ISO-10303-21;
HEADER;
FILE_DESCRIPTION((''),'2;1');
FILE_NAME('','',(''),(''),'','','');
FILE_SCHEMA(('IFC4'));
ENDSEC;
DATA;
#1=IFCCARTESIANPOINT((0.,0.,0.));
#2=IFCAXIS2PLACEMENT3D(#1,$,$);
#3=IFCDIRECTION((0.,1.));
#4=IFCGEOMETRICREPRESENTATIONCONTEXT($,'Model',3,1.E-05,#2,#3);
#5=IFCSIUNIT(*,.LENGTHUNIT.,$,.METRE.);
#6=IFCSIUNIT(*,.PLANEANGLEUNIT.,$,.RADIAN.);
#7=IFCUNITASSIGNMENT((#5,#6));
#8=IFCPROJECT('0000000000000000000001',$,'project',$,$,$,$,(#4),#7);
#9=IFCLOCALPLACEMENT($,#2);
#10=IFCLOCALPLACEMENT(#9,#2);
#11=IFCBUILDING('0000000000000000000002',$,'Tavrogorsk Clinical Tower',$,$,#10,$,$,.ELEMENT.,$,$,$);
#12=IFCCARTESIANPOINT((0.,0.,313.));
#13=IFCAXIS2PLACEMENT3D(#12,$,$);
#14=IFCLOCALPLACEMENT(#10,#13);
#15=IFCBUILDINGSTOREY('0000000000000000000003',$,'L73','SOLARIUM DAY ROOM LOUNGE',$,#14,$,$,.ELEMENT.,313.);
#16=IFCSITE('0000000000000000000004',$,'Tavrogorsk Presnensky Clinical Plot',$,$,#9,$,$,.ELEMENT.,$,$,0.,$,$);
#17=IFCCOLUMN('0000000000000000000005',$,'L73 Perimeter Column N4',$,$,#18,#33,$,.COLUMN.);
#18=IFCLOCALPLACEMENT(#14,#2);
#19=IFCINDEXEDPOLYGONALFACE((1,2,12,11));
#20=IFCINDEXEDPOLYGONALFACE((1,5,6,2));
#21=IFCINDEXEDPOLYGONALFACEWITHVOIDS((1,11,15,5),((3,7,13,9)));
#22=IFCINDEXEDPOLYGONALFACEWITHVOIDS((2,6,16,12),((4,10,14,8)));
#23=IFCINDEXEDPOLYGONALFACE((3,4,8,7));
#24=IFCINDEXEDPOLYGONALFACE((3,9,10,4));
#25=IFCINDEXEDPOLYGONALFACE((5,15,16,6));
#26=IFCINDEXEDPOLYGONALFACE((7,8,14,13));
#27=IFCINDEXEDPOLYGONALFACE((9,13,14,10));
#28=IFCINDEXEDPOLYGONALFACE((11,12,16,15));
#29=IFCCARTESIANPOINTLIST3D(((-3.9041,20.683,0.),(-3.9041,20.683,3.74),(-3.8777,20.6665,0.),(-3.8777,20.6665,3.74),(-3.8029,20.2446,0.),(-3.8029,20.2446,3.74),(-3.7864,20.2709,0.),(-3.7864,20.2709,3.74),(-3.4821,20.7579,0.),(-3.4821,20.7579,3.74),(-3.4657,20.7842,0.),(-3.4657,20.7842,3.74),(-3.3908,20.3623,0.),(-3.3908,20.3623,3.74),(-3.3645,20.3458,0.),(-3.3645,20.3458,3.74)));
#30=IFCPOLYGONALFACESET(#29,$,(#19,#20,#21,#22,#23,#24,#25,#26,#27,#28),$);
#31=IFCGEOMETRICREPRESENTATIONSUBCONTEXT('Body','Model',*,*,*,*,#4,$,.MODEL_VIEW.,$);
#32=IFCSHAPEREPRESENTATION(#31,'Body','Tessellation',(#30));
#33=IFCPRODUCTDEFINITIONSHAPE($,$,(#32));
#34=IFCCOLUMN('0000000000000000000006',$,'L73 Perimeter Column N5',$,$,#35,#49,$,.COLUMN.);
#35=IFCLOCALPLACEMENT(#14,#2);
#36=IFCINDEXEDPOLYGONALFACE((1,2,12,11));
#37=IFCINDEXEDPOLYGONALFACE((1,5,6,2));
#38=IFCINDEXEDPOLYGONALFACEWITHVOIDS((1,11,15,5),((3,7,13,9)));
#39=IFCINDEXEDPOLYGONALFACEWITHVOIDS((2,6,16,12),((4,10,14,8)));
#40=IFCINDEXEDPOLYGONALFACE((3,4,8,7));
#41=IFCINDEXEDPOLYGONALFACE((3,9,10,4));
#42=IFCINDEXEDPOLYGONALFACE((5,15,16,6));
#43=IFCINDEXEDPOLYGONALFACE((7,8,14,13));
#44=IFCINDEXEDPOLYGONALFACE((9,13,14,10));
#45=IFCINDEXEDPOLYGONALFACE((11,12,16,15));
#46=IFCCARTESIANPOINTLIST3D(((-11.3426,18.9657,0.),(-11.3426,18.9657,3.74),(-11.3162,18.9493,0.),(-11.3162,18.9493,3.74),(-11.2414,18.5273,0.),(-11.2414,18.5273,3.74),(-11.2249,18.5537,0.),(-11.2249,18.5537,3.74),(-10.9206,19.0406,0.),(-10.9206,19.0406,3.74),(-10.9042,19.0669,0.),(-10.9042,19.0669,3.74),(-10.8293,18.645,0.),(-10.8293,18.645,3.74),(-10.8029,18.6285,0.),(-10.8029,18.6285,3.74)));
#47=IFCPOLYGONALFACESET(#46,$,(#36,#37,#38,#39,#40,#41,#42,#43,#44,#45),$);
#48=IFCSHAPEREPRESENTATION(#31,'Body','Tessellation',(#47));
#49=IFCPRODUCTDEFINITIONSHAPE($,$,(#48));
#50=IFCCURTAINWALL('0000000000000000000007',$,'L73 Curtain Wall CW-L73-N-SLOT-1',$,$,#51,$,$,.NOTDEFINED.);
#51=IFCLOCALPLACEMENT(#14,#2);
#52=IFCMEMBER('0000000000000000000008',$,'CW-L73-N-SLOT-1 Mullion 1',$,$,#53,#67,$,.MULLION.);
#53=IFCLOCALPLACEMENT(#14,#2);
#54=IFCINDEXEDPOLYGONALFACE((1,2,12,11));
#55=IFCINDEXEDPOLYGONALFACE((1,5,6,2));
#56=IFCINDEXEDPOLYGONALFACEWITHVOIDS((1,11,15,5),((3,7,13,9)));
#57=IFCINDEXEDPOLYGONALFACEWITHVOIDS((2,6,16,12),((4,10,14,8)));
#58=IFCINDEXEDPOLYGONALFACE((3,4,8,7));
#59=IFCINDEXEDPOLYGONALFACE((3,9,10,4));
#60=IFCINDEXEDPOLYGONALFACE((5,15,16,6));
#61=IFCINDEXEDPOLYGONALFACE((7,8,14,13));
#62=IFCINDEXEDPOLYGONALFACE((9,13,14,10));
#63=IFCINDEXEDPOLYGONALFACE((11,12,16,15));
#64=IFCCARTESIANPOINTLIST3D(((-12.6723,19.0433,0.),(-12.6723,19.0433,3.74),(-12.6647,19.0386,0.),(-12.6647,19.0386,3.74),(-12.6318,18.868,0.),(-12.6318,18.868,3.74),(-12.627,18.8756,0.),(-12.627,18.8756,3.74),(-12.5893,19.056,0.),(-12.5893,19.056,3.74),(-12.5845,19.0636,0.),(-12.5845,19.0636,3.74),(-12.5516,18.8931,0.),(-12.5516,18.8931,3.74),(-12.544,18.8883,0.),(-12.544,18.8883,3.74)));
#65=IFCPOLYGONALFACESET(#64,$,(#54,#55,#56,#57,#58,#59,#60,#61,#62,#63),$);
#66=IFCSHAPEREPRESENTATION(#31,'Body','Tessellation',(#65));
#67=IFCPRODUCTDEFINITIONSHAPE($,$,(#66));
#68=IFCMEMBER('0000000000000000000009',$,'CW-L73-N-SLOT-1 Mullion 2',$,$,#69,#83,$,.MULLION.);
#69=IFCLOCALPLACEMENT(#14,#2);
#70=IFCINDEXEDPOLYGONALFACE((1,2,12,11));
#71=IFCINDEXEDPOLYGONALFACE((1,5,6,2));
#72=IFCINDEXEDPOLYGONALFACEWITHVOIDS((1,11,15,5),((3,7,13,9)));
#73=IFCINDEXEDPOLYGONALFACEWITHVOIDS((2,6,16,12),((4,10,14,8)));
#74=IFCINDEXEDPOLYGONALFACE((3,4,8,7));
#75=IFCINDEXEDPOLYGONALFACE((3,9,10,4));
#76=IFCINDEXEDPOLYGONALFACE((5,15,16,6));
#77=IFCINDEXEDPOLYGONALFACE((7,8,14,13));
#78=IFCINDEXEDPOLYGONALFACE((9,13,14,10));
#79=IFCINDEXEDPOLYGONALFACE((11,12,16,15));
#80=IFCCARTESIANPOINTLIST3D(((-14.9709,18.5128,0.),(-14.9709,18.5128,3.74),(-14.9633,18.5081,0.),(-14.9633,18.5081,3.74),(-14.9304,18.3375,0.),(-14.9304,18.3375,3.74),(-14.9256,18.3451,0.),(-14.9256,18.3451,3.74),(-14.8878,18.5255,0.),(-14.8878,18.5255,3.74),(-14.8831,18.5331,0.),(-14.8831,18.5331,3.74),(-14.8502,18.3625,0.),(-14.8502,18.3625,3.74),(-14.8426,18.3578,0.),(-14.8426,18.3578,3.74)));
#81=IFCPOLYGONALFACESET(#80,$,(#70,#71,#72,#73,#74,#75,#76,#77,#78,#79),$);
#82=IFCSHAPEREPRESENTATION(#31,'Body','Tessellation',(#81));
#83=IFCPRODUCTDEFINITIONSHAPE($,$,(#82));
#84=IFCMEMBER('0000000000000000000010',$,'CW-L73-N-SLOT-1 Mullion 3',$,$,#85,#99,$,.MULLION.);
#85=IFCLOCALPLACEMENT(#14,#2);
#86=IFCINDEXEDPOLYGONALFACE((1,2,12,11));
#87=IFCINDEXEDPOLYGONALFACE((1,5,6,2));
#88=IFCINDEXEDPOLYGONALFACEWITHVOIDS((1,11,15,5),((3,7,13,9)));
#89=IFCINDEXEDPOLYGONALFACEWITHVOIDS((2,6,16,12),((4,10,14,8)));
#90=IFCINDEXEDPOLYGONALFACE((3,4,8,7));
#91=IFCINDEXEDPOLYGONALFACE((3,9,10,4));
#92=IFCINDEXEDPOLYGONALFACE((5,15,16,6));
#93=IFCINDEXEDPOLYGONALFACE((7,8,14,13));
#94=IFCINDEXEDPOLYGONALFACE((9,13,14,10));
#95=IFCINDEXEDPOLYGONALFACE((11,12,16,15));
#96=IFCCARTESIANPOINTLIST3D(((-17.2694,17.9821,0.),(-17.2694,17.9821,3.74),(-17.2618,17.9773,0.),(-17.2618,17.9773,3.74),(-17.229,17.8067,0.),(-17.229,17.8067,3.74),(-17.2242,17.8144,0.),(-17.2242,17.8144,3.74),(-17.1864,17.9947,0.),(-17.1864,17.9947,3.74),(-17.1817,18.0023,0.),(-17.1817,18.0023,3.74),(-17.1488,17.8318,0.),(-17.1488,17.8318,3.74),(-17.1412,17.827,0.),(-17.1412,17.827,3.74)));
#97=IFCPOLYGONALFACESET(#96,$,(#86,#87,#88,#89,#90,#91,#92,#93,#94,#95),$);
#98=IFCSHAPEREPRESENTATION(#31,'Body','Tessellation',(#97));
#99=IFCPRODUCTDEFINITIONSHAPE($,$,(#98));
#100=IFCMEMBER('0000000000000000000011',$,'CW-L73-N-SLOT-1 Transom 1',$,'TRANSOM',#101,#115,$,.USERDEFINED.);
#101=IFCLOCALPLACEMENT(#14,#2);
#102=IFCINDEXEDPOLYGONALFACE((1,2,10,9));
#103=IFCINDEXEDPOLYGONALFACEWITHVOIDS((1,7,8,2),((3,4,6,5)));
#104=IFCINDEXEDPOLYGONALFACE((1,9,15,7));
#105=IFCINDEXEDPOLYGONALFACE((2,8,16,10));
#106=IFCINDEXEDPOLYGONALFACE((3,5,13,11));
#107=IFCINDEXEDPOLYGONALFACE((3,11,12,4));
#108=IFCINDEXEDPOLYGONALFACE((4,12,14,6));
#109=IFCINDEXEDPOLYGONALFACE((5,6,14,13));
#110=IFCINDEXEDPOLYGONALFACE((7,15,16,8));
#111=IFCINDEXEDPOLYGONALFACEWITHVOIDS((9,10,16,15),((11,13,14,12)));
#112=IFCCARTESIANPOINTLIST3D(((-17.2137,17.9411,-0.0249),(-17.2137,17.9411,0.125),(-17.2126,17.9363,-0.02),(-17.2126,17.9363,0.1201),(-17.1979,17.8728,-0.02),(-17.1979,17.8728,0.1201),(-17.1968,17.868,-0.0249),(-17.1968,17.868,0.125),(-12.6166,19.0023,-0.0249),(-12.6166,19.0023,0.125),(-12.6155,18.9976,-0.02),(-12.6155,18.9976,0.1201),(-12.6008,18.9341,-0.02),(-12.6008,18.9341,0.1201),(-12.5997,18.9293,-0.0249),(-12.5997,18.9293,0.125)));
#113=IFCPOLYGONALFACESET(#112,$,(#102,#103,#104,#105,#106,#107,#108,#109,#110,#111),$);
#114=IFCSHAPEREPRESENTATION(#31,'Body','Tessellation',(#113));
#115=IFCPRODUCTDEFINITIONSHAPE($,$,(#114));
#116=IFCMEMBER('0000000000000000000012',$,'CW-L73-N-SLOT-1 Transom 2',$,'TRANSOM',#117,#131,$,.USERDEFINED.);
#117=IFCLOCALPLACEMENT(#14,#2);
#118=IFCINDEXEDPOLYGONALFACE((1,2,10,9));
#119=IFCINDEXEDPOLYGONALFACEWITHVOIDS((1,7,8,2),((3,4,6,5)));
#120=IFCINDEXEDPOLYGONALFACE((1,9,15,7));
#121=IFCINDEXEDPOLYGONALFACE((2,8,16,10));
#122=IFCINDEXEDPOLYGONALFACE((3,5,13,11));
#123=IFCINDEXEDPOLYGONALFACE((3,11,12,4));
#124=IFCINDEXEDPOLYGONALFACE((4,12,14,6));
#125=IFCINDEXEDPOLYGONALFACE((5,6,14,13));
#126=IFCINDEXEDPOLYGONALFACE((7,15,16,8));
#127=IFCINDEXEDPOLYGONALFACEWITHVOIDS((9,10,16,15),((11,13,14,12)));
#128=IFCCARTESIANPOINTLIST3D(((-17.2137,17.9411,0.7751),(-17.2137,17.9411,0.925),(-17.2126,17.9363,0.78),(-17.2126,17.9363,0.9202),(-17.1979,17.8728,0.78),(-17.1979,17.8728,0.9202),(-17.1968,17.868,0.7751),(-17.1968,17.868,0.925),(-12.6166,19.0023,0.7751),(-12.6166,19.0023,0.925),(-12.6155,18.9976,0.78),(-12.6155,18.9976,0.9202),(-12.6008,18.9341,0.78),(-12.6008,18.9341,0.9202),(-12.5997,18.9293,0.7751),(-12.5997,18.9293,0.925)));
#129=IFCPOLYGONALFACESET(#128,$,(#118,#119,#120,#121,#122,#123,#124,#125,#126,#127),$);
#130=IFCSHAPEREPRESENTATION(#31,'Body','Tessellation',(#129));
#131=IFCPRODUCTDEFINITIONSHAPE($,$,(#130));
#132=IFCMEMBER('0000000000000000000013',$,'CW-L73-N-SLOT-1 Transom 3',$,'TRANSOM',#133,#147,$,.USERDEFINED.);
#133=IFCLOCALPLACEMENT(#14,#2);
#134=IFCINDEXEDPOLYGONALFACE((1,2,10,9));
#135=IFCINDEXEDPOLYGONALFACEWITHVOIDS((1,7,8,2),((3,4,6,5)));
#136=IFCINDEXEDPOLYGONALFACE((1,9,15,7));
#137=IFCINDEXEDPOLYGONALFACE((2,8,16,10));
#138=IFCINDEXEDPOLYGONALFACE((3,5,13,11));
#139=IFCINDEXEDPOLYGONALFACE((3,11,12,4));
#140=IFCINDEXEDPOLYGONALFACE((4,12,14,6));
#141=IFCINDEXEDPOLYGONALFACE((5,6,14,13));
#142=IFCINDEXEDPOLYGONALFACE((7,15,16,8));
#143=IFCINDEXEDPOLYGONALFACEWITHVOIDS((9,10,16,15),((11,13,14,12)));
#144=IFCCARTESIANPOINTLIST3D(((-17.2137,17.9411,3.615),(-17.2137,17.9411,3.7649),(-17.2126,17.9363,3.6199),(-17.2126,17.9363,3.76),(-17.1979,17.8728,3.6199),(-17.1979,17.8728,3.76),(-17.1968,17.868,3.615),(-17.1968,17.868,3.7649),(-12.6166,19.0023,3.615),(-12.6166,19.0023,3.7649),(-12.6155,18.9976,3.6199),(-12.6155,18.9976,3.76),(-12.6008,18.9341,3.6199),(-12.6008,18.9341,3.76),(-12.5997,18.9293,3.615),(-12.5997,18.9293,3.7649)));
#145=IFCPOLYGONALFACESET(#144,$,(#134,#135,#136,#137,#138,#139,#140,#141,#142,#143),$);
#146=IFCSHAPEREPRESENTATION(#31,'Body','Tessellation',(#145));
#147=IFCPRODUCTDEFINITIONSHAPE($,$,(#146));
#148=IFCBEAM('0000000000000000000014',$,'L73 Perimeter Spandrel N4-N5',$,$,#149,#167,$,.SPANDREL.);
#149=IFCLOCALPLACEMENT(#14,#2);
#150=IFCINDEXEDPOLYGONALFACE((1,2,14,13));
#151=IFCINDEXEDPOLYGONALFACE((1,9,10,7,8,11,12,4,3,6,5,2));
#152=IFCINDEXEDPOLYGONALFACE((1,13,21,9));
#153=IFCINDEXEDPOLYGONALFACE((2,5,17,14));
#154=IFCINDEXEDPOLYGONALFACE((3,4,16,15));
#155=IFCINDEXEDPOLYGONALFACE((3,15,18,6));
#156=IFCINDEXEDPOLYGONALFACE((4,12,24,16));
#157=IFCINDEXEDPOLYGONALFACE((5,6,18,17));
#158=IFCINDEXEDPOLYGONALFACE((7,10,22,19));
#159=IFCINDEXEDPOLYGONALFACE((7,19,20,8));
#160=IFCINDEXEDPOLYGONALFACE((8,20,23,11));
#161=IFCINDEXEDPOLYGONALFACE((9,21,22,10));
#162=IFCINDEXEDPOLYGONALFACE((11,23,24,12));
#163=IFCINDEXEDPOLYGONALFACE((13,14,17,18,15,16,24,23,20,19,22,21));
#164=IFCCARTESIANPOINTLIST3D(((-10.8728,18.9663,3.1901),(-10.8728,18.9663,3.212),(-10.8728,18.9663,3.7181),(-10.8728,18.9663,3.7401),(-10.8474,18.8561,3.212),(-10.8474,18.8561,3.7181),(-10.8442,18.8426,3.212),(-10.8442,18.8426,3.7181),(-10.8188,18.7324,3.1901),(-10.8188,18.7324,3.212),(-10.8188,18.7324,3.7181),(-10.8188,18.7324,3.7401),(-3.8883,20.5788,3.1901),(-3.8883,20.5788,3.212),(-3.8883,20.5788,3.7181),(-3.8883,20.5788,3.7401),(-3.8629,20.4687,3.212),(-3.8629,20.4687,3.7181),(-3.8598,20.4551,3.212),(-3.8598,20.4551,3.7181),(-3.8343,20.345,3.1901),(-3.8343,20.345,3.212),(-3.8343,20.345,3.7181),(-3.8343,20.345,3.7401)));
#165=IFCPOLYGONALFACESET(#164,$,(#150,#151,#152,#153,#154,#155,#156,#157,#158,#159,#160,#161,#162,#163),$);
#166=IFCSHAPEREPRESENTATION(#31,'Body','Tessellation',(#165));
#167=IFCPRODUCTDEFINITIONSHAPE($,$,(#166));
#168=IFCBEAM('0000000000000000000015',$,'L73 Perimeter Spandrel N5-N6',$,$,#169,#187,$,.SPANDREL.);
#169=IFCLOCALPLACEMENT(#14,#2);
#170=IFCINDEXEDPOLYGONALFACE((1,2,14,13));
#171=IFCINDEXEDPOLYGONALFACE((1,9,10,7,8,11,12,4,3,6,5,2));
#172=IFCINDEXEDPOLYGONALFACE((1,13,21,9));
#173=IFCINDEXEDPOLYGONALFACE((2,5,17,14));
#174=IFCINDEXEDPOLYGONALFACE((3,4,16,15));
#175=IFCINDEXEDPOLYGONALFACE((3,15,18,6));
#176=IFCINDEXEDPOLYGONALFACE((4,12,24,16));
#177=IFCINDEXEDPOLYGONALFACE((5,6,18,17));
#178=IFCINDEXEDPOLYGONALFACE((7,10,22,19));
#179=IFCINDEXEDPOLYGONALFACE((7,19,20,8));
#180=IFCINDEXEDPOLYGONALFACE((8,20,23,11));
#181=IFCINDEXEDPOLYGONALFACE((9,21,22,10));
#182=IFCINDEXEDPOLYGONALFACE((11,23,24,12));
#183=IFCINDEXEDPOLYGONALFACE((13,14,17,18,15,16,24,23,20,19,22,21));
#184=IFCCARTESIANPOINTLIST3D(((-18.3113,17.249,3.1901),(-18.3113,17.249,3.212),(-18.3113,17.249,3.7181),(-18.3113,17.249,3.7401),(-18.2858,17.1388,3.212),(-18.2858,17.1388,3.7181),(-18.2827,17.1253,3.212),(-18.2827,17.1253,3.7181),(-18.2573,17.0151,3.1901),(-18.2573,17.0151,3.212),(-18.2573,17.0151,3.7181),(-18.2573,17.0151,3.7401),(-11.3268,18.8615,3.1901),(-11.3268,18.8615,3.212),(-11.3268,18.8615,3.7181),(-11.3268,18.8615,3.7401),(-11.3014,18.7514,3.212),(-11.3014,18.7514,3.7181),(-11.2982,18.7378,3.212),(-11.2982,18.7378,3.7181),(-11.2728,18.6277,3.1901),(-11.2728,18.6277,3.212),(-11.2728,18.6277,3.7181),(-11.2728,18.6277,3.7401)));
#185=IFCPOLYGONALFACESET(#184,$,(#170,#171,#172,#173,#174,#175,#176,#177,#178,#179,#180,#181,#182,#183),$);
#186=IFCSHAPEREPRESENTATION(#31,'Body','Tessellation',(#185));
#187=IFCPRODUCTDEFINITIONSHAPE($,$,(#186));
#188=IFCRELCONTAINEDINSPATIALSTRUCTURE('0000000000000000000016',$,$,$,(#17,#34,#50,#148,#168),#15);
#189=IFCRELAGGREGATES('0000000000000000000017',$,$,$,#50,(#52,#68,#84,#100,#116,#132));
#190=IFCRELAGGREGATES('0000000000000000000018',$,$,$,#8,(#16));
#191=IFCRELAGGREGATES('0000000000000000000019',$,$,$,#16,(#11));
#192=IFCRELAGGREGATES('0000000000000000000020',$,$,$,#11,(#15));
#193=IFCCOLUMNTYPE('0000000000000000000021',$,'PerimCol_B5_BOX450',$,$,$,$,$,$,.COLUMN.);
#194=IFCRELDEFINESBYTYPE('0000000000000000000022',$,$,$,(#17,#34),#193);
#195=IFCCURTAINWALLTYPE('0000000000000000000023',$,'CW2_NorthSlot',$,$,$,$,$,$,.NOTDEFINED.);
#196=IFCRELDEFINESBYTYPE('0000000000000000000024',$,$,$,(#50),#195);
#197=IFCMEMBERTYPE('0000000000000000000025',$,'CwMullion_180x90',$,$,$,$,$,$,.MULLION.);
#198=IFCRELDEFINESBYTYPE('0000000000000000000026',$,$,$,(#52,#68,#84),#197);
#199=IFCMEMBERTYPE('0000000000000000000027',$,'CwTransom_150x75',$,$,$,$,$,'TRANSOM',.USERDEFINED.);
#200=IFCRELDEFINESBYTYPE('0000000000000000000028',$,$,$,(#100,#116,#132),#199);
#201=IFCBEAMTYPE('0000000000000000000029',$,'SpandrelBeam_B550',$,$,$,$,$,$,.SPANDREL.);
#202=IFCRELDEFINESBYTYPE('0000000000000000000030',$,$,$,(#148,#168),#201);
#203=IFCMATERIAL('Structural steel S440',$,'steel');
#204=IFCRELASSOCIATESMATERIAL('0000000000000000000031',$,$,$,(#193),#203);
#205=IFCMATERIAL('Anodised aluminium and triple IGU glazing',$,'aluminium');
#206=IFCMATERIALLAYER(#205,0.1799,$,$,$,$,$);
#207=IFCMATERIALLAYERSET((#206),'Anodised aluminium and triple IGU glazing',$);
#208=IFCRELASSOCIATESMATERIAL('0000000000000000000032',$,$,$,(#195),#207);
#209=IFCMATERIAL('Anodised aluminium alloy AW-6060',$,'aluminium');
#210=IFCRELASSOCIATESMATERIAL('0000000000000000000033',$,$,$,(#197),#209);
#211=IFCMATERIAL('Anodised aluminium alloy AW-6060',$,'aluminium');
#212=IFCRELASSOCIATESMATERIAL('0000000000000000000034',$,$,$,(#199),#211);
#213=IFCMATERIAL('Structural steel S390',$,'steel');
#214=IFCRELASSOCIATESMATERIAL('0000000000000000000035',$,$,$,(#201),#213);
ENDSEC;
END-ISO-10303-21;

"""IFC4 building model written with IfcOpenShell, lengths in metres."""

from ifc_helpers import new_model, si_unit, direction, frame, origin, origin_2d, place, context, subcontext, project, spatial, hollow_rectangle, i_section, extrude, material, layer, layer_set, material_profile, profile_set, type_object, element, aggregate, save


model = new_model("IFC4")

# Units and contexts
model_context = context("Model", 3, precision=1e-05, world=origin(), true_north=direction((0.0, 1.0)))
body_context = subcontext(model_context, "Body", "Model", "MODEL_VIEW")
ifc_project = project(units=[si_unit("LENGTHUNIT", "METRE"), si_unit("PLANEANGLEUNIT", "RADIAN")], contexts=[model_context])

# Site, building, storey
site_placement = place(None, origin())
site = spatial("IfcSite", under=ifc_project, at=site_placement, Name="Tavrogorsk Presnensky Clinical Plot", CompositionType="ELEMENT", RefElevation=0.0)
building_placement = place(site_placement, origin())
building = spatial("IfcBuilding", under=site, at=building_placement, Name="Tavrogorsk Clinical Tower", CompositionType="ELEMENT")
storey_placement = place(building_placement, frame((0.0, 0.0, 313.0)))
storey = spatial("IfcBuildingStorey", under=building, at=storey_placement, Name="L73", Description="SOLARIUM DAY ROOM LOUNGE", CompositionType="ELEMENT", Elevation=313.0)

# Columns
ifc_material_1 = material(Name="Structural steel S440", Category="steel")
ifc_material_profile_1 = material_profile(ifc_material_1, hollow_rectangle(XDim=0.45, YDim=0.45, WallThickness=0.022, at=origin_2d()), Name="BOX-450x450x22")
ifc_profile_set_1 = profile_set([ifc_material_profile_1], Name="Structural steel S440")
column_type = type_object("IfcColumnType", Name="PerimCol_B5_BOX450", PredefinedType="COLUMN", material=ifc_profile_set_1)
for number, where, z_axis, x_axis, name in (
    (1, (-3.6343, 20.5144, 0.0), (0.0, 0.0, 1.0), (0.97437, 0.224951, 0.0), "L73 Perimeter Column N4"),
    (2, (-11.0728, 18.7971, 0.0), (0.0, 0.0, 1.0), (0.97437, 0.224951, 0.0), "L73 Perimeter Column N5"),
):
    element("IfcColumn", number, at=place(storey_placement, frame(where, z_axis=z_axis, x_axis=x_axis)), inside=storey, type_object=column_type, Name=name, PredefinedType="COLUMN", context=body_context, shape_type="SweptSolid", body=[
        extrude(hollow_rectangle(XDim=0.45, YDim=0.45, WallThickness=0.022, at=origin_2d()), origin(), (0.0, 0.0, 1.0), 3.74),
    ])

# Curtain wall, members
ifc_material_2 = material(Name="Anodised aluminium and triple IGU glazing", Category="aluminium")
ifc_layer_1 = layer(ifc_material_2, 0.1799)
ifc_layer_set_1 = layer_set([ifc_layer_1], Name="Anodised aluminium and triple IGU glazing")
curtain_wall_type = type_object("IfcCurtainWallType", Name="CW2_NorthSlot", PredefinedType="NOTDEFINED", material=ifc_layer_set_1)
curtain_wall_placement = place(storey_placement, origin())
curtain_wall = element("IfcCurtainWall", 3, at=curtain_wall_placement, inside=storey, type_object=curtain_wall_type, Name="L73 Curtain Wall CW-L73-N-SLOT-1", PredefinedType="NOTDEFINED")
ifc_material_3 = material(Name="Anodised aluminium alloy AW-6060", Category="aluminium")
ifc_material_profile_2 = material_profile(ifc_material_3, hollow_rectangle(XDim=0.0901, YDim=0.1799, WallThickness=0.0063, at=origin_2d()), Name="RHS-180x90x6.3")
ifc_profile_set_2 = profile_set([ifc_material_profile_2], Name="Anodised aluminium alloy AW-6060")
member_type_1 = type_object("IfcMemberType", Name="CwMullion_180x90", PredefinedType="MULLION", material=ifc_profile_set_2)
member_1_placement = place(storey_placement, frame((-12.6082, 18.9658, 0.0), z_axis=(0.0, 0.0, 1.0), x_axis=(-0.97437, -0.224951, 0.0)))
member_1 = element("IfcMember", 4, at=member_1_placement, type_object=member_type_1, Name="CW-L73-N-SLOT-1 Mullion 1", PredefinedType="MULLION", context=body_context, shape_type="SweptSolid", body=[
    extrude(hollow_rectangle(XDim=0.0901, YDim=0.1799, WallThickness=0.0063, at=origin_2d()), origin(), (0.0, 0.0, 1.0), 3.74),
])
member_2_placement = place(storey_placement, frame((-14.9067, 18.4353, 0.0), z_axis=(0.0, 0.0, 1.0), x_axis=(-0.97437, -0.224951, 0.0)))
member_2 = element("IfcMember", 5, at=member_2_placement, type_object=member_type_1, Name="CW-L73-N-SLOT-1 Mullion 2", PredefinedType="MULLION", context=body_context, shape_type="SweptSolid", body=[
    extrude(hollow_rectangle(XDim=0.0901, YDim=0.1799, WallThickness=0.0063, at=origin_2d()), origin(), (0.0, 0.0, 1.0), 3.74),
])
member_3_placement = place(storey_placement, frame((-17.2053, 17.9045, 0.0), z_axis=(0.0, 0.0, 1.0), x_axis=(-0.97437, -0.224951, 0.0)))
member_3 = element("IfcMember", 6, at=member_3_placement, type_object=member_type_1, Name="CW-L73-N-SLOT-1 Mullion 3", PredefinedType="MULLION", context=body_context, shape_type="SweptSolid", body=[
    extrude(hollow_rectangle(XDim=0.0901, YDim=0.1799, WallThickness=0.0063, at=origin_2d()), origin(), (0.0, 0.0, 1.0), 3.74),
])
ifc_material_4 = material(Name="Anodised aluminium alloy AW-6060", Category="aluminium")
ifc_material_profile_3 = material_profile(ifc_material_4, hollow_rectangle(XDim=0.075, YDim=0.1499, WallThickness=0.0049, at=origin_2d()), Name="RHS-150x75x5")
ifc_profile_set_3 = profile_set([ifc_material_profile_3], Name="Anodised aluminium alloy AW-6060")
member_type_2 = type_object("IfcMemberType", Name="CwTransom_150x75", ElementType="TRANSOM", PredefinedType="USERDEFINED", material=ifc_profile_set_3)
member_4_placement = place(storey_placement, frame((-12.6082, 18.9658, 0.05), z_axis=(-0.974373, -0.224939, 0.0), x_axis=(0.224939, -0.974373, 0.0)))
member_4 = element("IfcMember", 7, at=member_4_placement, type_object=member_type_2, Name="CW-L73-N-SLOT-1 Transom 1", ObjectType="TRANSOM", PredefinedType="USERDEFINED", context=body_context, shape_type="SweptSolid", body=[
    extrude(hollow_rectangle(XDim=0.075, YDim=0.1499, WallThickness=0.0049, at=origin_2d()), origin(), (0.0, 0.0, 1.0), 4.718),
])
member_5_placement = place(storey_placement, frame((-12.6082, 18.9658, 0.8501), z_axis=(-0.974373, -0.224939, 0.0), x_axis=(0.224939, -0.974373, 0.0)))
member_5 = element("IfcMember", 8, at=member_5_placement, type_object=member_type_2, Name="CW-L73-N-SLOT-1 Transom 2", ObjectType="TRANSOM", PredefinedType="USERDEFINED", context=body_context, shape_type="SweptSolid", body=[
    extrude(hollow_rectangle(XDim=0.075, YDim=0.1499, WallThickness=0.0049, at=origin_2d()), origin(), (0.0, 0.0, 1.0), 4.718),
])
member_6_placement = place(storey_placement, frame((-12.6082, 18.9658, 3.6899), z_axis=(-0.974373, -0.224939, 0.0), x_axis=(0.224939, -0.974373, 0.0)))
member_6 = element("IfcMember", 9, at=member_6_placement, type_object=member_type_2, Name="CW-L73-N-SLOT-1 Transom 3", ObjectType="TRANSOM", PredefinedType="USERDEFINED", context=body_context, shape_type="SweptSolid", body=[
    extrude(hollow_rectangle(XDim=0.075, YDim=0.1499, WallThickness=0.0049, at=origin_2d()), origin(), (0.0, 0.0, 1.0), 4.718),
])

# Beams
ifc_material_5 = material(Name="Structural steel S390", Category="steel")
ifc_material_profile_4 = material_profile(ifc_material_5, i_section(OverallWidth=0.24, OverallDepth=0.55, WebThickness=0.0139, FlangeThickness=0.022, at=origin_2d()), Name="B-550x240x14x22")
ifc_profile_set_4 = profile_set([ifc_material_profile_4], Name="Structural steel S390")
beam_type = type_object("IfcBeamType", Name="SpandrelBeam_B550", PredefinedType="SPANDREL", material=ifc_profile_set_4)
for number, where, z_axis, x_axis, name in (
    (10, (-3.8613, 20.4619, 3.4651), (-0.974368, -0.224961, 0.0), (0.224961, -0.974368, 0.0), "L73 Perimeter Spandrel N4-N5"),
    (11, (-11.2998, 18.7446, 3.4651), (-0.974368, -0.224961, 0.0), (0.224961, -0.974368, 0.0), "L73 Perimeter Spandrel N5-N6"),
):
    element("IfcBeam", number, at=place(storey_placement, frame(where, z_axis=z_axis, x_axis=x_axis)), inside=storey, type_object=beam_type, Name=name, PredefinedType="SPANDREL", context=body_context, shape_type="SweptSolid", body=[
        extrude(i_section(OverallWidth=0.24, OverallDepth=0.55, WebThickness=0.0139, FlangeThickness=0.022, at=origin_2d()), origin(), (0.0, 0.0, 1.0), 7.1682),
    ])

aggregate(curtain_wall, [member_1, member_2, member_3, member_4, member_5, member_6])

save(model, "model.ifc")
